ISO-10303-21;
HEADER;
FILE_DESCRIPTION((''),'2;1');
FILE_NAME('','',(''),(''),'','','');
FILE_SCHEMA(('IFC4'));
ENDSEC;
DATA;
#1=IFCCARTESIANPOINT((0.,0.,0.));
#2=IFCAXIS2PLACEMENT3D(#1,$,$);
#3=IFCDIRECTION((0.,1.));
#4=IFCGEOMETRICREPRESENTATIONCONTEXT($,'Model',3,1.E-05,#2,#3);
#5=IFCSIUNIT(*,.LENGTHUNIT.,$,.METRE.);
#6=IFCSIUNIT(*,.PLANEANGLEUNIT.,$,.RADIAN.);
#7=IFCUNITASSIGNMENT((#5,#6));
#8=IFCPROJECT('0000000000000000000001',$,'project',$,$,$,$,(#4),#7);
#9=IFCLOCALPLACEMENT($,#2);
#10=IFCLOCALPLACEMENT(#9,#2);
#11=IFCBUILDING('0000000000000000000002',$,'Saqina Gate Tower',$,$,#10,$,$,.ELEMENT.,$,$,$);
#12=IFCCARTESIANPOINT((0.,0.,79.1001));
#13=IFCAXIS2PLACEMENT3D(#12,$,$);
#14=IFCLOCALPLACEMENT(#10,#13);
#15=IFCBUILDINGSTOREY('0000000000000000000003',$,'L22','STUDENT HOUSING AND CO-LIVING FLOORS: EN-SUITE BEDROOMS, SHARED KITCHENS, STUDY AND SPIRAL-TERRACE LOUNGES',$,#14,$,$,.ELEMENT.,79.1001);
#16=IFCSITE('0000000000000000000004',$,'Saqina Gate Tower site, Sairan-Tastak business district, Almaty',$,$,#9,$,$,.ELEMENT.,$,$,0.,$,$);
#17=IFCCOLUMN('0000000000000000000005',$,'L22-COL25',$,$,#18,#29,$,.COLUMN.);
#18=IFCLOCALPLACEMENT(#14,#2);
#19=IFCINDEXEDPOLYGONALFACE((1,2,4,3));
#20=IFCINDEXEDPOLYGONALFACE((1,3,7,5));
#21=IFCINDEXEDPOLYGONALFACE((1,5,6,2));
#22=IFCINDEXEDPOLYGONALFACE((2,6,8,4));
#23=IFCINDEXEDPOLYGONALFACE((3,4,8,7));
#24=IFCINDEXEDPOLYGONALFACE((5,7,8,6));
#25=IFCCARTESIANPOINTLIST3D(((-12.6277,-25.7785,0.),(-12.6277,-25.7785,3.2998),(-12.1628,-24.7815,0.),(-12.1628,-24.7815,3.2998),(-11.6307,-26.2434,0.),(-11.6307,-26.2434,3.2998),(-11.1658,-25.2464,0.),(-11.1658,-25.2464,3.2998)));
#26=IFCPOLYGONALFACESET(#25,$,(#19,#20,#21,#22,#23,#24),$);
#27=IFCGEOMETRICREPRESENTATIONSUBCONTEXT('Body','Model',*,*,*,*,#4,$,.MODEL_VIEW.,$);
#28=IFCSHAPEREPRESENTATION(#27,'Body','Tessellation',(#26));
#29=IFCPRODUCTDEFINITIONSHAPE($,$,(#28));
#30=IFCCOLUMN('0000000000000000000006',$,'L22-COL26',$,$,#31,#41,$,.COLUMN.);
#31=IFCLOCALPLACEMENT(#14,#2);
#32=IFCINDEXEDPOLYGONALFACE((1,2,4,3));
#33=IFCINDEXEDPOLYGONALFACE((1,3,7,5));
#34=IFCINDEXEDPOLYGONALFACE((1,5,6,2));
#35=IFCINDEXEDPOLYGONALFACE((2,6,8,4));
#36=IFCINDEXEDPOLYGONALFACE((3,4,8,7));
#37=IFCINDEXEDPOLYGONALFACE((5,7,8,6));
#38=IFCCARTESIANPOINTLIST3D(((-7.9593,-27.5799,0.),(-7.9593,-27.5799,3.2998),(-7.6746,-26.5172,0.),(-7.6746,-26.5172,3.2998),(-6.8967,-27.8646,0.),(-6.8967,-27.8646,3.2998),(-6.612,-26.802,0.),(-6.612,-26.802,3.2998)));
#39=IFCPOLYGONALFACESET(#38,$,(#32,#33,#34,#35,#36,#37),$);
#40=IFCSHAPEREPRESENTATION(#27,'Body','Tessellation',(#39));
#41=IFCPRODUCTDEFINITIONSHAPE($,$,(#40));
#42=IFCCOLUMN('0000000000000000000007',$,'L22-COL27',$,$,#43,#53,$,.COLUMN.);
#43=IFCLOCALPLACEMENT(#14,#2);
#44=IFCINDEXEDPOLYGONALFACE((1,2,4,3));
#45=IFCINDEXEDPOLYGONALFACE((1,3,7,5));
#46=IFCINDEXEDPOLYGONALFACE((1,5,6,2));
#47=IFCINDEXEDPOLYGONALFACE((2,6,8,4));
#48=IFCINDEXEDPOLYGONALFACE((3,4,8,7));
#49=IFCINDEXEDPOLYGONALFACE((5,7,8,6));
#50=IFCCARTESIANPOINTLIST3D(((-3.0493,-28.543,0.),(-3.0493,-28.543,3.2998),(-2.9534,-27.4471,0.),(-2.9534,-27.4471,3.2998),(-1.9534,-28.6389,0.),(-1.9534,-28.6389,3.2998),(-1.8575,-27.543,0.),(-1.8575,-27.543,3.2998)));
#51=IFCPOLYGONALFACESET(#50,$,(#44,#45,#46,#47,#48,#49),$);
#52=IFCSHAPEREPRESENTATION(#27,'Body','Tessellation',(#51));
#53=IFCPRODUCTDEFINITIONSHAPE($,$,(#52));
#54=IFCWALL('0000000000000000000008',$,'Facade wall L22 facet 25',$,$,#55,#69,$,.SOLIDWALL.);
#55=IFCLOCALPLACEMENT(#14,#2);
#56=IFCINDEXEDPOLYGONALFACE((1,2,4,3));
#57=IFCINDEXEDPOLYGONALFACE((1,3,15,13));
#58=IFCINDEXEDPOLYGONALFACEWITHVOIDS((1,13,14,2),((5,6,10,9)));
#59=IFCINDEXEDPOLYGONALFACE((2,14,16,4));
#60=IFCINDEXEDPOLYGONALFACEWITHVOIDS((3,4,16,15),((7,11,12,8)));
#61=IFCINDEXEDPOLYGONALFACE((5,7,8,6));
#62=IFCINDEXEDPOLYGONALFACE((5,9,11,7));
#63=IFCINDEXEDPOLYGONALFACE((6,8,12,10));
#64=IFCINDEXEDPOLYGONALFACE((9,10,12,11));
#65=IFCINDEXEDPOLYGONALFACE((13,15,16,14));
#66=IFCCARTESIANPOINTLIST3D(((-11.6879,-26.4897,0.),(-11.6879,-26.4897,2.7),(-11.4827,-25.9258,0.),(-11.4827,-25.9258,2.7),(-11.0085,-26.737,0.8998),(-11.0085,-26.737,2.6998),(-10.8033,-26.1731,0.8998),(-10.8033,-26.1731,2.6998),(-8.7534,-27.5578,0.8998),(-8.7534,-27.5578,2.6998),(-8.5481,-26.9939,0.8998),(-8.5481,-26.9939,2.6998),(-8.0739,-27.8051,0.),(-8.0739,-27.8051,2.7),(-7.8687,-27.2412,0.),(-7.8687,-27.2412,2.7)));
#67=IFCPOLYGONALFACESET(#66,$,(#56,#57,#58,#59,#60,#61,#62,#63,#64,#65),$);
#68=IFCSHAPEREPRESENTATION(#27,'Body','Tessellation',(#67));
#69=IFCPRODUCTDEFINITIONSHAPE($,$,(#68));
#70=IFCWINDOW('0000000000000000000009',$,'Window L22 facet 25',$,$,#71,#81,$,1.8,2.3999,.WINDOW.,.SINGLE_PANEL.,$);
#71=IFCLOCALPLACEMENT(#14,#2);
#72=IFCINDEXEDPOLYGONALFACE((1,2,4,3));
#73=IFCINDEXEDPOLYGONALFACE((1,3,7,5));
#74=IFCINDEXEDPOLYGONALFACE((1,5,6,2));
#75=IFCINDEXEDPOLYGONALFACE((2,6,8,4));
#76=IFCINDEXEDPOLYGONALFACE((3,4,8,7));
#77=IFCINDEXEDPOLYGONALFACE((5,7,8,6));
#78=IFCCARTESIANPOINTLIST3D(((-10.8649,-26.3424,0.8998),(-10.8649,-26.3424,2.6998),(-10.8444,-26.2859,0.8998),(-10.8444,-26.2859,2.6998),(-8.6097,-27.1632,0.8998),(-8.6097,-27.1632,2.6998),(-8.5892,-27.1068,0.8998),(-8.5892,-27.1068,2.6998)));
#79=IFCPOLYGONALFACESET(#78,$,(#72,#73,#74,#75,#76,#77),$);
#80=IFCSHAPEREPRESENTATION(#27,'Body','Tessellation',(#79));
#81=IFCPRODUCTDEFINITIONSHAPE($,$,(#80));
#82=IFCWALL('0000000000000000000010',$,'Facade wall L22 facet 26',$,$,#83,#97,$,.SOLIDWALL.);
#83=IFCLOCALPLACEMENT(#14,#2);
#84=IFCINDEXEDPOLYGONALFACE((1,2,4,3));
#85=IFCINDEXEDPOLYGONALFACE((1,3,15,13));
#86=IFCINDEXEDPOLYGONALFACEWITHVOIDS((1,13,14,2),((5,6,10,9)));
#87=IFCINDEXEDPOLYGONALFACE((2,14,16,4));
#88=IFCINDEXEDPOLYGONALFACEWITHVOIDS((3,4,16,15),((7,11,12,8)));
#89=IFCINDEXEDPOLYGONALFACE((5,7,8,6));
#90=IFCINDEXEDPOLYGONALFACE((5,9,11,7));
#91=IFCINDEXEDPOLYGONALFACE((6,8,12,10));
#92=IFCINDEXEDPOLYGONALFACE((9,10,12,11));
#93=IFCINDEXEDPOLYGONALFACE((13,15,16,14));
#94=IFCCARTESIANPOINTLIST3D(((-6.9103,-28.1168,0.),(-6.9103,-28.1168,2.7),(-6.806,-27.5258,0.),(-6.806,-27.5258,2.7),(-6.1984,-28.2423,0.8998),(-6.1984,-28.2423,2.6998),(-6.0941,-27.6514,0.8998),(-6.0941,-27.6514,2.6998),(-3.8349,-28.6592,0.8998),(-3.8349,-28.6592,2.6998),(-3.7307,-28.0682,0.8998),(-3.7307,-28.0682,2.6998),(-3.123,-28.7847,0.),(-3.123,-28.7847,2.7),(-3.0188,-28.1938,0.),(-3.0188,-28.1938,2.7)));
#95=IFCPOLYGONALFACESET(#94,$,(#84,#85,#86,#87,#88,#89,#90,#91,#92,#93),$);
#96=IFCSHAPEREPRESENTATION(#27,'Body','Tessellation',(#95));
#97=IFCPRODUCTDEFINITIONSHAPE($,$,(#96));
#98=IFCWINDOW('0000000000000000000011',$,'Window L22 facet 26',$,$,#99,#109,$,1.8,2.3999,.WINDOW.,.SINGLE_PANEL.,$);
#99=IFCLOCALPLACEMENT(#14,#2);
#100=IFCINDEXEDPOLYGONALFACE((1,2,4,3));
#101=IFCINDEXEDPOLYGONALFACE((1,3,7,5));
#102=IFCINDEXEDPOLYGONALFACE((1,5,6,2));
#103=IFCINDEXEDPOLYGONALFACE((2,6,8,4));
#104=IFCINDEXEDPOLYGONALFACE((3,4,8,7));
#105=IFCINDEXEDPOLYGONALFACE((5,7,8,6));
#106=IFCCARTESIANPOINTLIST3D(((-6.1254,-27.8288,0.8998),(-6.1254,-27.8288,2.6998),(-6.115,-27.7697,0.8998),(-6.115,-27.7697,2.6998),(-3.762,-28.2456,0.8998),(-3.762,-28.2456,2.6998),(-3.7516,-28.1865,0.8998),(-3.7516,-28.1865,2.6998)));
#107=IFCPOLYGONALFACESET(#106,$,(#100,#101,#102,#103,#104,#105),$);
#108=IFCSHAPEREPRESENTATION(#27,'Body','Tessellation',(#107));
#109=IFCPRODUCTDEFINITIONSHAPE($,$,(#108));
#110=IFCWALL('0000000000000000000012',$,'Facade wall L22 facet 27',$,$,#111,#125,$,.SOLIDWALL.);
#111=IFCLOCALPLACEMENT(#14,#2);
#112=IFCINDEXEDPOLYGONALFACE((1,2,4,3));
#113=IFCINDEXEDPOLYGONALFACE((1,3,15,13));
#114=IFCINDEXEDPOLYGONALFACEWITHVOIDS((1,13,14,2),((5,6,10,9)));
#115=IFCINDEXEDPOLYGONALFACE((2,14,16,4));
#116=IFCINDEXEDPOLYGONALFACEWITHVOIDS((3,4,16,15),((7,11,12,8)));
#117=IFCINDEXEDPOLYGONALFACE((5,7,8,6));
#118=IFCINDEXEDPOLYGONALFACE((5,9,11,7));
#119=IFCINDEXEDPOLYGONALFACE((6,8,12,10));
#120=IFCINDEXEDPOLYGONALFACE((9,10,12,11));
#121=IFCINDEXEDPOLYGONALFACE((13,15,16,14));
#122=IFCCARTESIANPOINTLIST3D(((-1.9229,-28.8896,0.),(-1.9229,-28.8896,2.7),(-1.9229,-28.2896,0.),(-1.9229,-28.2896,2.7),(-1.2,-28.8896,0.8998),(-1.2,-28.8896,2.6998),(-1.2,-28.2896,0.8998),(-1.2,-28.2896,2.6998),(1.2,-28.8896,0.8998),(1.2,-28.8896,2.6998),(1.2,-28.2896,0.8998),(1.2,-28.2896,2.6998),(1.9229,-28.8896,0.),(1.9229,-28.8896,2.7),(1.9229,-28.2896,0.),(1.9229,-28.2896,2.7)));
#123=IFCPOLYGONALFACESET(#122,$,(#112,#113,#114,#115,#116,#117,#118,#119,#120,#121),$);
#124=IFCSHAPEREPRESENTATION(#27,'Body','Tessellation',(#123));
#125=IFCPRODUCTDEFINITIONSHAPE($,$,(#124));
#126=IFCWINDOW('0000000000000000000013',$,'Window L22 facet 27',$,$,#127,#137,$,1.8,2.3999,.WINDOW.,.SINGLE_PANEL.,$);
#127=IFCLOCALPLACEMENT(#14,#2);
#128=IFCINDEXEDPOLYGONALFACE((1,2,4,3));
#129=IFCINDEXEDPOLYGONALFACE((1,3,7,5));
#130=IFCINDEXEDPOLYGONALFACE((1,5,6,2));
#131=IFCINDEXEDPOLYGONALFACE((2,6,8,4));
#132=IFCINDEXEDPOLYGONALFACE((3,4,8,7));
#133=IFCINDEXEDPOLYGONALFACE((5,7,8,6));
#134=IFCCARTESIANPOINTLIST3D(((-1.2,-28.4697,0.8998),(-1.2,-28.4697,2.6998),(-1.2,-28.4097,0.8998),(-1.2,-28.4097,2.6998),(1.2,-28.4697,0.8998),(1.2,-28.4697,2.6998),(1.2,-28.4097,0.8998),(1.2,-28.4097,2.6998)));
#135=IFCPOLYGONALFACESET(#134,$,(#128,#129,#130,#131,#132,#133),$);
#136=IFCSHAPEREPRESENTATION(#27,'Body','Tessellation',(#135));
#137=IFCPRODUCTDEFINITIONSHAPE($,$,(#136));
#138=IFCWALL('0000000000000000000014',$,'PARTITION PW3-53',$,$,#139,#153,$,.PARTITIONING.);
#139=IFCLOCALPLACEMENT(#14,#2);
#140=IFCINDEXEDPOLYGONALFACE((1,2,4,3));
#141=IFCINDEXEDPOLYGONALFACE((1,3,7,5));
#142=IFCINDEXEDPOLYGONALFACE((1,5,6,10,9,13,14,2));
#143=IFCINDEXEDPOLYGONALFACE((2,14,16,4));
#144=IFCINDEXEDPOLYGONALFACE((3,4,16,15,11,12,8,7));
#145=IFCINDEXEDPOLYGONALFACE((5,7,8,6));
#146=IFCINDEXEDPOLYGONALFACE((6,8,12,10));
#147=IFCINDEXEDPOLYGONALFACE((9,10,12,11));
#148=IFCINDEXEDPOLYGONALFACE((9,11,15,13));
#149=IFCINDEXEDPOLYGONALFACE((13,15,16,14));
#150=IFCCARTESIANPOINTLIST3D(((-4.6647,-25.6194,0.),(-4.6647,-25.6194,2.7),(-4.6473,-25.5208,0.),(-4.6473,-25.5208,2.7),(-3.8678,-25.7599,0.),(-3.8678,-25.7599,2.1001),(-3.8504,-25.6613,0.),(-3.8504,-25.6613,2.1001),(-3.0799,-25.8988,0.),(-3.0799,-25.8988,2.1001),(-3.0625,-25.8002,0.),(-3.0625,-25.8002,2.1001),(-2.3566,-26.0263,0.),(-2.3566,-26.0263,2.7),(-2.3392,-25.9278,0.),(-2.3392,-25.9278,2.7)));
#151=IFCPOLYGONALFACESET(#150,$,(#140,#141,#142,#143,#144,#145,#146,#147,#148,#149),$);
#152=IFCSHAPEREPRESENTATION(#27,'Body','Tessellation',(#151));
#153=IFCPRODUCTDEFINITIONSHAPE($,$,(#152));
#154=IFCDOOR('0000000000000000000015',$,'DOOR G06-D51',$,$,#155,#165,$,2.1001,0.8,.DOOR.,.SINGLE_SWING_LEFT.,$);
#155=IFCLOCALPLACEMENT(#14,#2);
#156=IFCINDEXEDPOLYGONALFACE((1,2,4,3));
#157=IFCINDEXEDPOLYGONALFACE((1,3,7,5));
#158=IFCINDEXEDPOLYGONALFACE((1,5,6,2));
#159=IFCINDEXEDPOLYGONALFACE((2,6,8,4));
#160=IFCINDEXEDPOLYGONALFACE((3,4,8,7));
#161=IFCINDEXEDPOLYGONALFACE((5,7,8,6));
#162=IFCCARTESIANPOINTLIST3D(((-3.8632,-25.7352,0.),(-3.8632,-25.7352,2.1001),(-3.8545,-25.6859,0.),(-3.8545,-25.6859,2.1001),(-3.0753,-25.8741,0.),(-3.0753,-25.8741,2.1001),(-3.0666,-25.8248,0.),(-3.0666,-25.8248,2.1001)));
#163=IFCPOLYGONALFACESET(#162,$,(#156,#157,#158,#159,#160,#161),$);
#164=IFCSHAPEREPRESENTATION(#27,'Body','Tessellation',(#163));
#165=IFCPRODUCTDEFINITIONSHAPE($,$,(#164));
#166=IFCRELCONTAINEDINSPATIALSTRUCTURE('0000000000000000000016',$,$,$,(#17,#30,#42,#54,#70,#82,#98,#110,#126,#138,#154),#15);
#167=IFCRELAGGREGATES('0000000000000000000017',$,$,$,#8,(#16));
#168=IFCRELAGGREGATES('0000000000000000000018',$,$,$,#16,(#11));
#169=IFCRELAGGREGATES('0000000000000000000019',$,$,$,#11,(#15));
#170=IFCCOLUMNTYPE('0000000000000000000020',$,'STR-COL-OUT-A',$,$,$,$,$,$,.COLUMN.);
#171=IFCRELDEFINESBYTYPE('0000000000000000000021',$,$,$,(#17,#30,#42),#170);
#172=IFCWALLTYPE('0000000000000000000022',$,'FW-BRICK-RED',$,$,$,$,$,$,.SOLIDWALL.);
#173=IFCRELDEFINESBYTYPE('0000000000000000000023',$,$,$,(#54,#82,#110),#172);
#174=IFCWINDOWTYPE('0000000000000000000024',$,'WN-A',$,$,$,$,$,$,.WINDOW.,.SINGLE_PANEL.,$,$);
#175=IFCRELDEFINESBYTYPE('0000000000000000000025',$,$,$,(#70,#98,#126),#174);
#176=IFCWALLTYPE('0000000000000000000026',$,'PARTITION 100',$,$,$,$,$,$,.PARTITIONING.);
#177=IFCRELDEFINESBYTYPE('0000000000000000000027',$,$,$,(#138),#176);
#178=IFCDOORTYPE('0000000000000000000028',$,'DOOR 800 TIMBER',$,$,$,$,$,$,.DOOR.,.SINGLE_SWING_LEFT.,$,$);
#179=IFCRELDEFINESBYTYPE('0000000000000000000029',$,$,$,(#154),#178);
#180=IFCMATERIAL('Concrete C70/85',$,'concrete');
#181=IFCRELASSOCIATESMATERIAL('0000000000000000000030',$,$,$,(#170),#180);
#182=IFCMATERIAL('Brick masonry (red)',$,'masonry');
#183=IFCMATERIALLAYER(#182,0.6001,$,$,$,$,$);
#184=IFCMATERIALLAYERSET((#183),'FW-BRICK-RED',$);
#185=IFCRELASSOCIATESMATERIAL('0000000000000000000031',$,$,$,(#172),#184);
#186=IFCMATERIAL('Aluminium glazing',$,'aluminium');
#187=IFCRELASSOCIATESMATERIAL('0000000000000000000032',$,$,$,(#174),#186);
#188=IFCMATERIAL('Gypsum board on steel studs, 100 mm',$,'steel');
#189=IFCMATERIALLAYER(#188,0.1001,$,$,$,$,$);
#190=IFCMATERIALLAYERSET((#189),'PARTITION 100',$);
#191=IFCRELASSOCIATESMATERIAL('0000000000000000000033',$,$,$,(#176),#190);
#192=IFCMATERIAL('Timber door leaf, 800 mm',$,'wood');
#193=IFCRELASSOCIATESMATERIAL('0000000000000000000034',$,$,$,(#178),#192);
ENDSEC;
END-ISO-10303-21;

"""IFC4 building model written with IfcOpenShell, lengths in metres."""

from ifc_helpers import new_model, si_unit, direction, frame, frame_2d, origin, origin_2d, place, context, subcontext, project, spatial, rectangle, extrude, material, layer, layer_set, material_profile, profile_set, type_object, element, fill, save


model = new_model("IFC4")

# Units and contexts
model_context = context("Model", 3, precision=1e-05, world=origin(), true_north=direction((0.0, 1.0)))
body_context = subcontext(model_context, "Body", "Model", "MODEL_VIEW")
ifc_project = project(units=[si_unit("LENGTHUNIT", "METRE"), si_unit("PLANEANGLEUNIT", "RADIAN")], contexts=[model_context])

# Site, building, storey
site_placement = place(None, origin())
site = spatial("IfcSite", under=ifc_project, at=site_placement, Name="Saqina Gate Tower site, Sairan-Tastak business district, Almaty", CompositionType="ELEMENT", RefElevation=0.0)
building_placement = place(site_placement, origin())
building = spatial("IfcBuilding", under=site, at=building_placement, Name="Saqina Gate Tower", CompositionType="ELEMENT")
storey_placement = place(building_placement, frame((0.0, 0.0, 79.1001)))
storey = spatial("IfcBuildingStorey", under=building, at=storey_placement, Name="L22", Description="STUDENT HOUSING AND CO-LIVING FLOORS: EN-SUITE BEDROOMS, SHARED KITCHENS, STUDY AND SPIRAL-TERRACE LOUNGES", CompositionType="ELEMENT", Elevation=79.1001)

# Columns
ifc_material_1 = material(Name="Concrete C70/85", Category="concrete")
ifc_material_profile = material_profile(ifc_material_1, rectangle(XDim=1.1001, YDim=1.1001, at=origin_2d()), Name="RC 1100x1100")
ifc_profile_set = profile_set([ifc_material_profile], Name="Concrete C70/85")
column_type = type_object("IfcColumnType", Name="STR-COL-OUT-A", PredefinedType="COLUMN", material=ifc_profile_set)
for number, where, z_axis, x_axis, name in (
    (1, (-11.8967, -25.5125, 0.0), (0.0, 0.0, 1.0), (-0.422618, -0.906308, 0.0), "L22-COL25"),
    (2, (-7.2856, -27.1909, 0.0), (0.0, 0.0, 1.0), (-0.258819, -0.965926, 0.0), "L22-COL26"),
    (3, (-2.4534, -28.043, 0.0), (0.0, 0.0, 1.0), (-0.087156, -0.996195, 0.0), "L22-COL27"),
):
    element("IfcColumn", number, at=place(storey_placement, frame(where, z_axis=z_axis, x_axis=x_axis)), inside=storey, type_object=column_type, Name=name, PredefinedType="COLUMN", context=body_context, shape_type="SweptSolid", body=[
        extrude(rectangle(XDim=1.1001, YDim=1.1001, at=origin_2d()), origin(), (0.0, 0.0, 1.0), 3.2998),
    ])

# Walls, openings, windows
ifc_material_2 = material(Name="Brick masonry (red)", Category="masonry")
ifc_layer_1 = layer(ifc_material_2, 0.6001)
ifc_layer_set_1 = layer_set([ifc_layer_1], Name="FW-BRICK-RED")
wall_type_1 = type_object("IfcWallType", Name="FW-BRICK-RED", PredefinedType="SOLIDWALL", material=ifc_layer_set_1)
wall_1_placement = place(storey_placement, frame((-11.5852, -26.2078, 0.0), z_axis=(0.0, 0.0, 1.0), x_axis=(0.93969, -0.342028, 0.0)))
wall_1 = element("IfcWall", 4, at=wall_1_placement, inside=storey, type_object=wall_type_1, Name="Facade wall L22 facet 25", PredefinedType="SOLIDWALL", context=body_context, shape_type="SweptSolid", body=[
    extrude(rectangle(XDim=3.8459, YDim=0.6001, at=frame_2d((1.9229, 0.0))), origin(), (0.0, 0.0, 1.0), 2.7),
])
opening_1_placement = place(wall_1_placement, frame((0.7229, 0.0, 0.8999)))
opening_1 = element("IfcOpeningElement", 5, at=opening_1_placement, cuts=wall_1, PredefinedType="OPENING", context=body_context, shape_type="SweptSolid", body=[
    extrude(rectangle(XDim=2.3999, YDim=1.8, at=frame_2d((1.2, 0.8999))), frame((0.0, 0.312, 0.0), z_axis=(0.0, -1.0, 0.0), x_axis=(1.0, 0.0, 0.0)), (0.0, 0.0, 1.0), 0.624),
])
ifc_material_3 = material(Name="Aluminium glazing", Category="aluminium")
window_type = type_object("IfcWindowType", Name="WN-A", PartitioningType="SINGLE_PANEL", PredefinedType="WINDOW", material=ifc_material_3)
window_1_placement = place(opening_1_placement, origin())
window_1 = element("IfcWindow", 6, at=window_1_placement, inside=storey, type_object=window_type, Name="Window L22 facet 25", OverallHeight=1.8, OverallWidth=2.3999, PartitioningType="SINGLE_PANEL", PredefinedType="WINDOW", context=body_context, shape_type="SweptSolid", body=[
    extrude(rectangle(XDim=2.3999, YDim=1.8, at=frame_2d((1.2, 0.8999))), frame((0.0, 0.1799, 0.0), z_axis=(0.0, -1.0, 0.0), x_axis=(1.0, 0.0, 0.0)), (0.0, 0.0, 1.0), 0.0601),
])
fill(opening_1, window_1)
wall_2_placement = place(storey_placement, frame((-6.8582, -27.8213, 0.0), z_axis=(0.0, 0.0, 1.0), x_axis=(0.984801, -0.173688, 0.0)))
wall_2 = element("IfcWall", 7, at=wall_2_placement, inside=storey, type_object=wall_type_1, Name="Facade wall L22 facet 26", PredefinedType="SOLIDWALL", context=body_context, shape_type="SweptSolid", body=[
    extrude(rectangle(XDim=3.8457, YDim=0.6001, at=frame_2d((1.9229, 0.0))), origin(), (0.0, 0.0, 1.0), 2.7),
])
opening_2_placement = place(wall_2_placement, frame((0.7229, 0.0, 0.8999)))
opening_2 = element("IfcOpeningElement", 8, at=opening_2_placement, cuts=wall_2, PredefinedType="OPENING", context=body_context, shape_type="SweptSolid", body=[
    extrude(rectangle(XDim=2.3999, YDim=1.8, at=frame_2d((1.2, 0.8999))), frame((0.0, 0.312, 0.0), z_axis=(0.0, -1.0, 0.0), x_axis=(1.0, 0.0, 0.0)), (0.0, 0.0, 1.0), 0.624),
])
window_2_placement = place(opening_2_placement, origin())
window_2 = element("IfcWindow", 9, at=window_2_placement, inside=storey, type_object=window_type, Name="Window L22 facet 26", OverallHeight=1.8, OverallWidth=2.3999, PartitioningType="SINGLE_PANEL", PredefinedType="WINDOW", context=body_context, shape_type="SweptSolid", body=[
    extrude(rectangle(XDim=2.3999, YDim=1.8, at=frame_2d((1.2, 0.8999))), frame((0.0, 0.1799, 0.0), z_axis=(0.0, -1.0, 0.0), x_axis=(1.0, 0.0, 0.0)), (0.0, 0.0, 1.0), 0.0601),
])
fill(opening_2, window_2)
wall_3_placement = place(storey_placement, frame((-1.9229, -28.5896, 0.0), z_axis=(0.0, 0.0, 1.0), x_axis=(1.0, 0.0, 0.0)))
wall_3 = element("IfcWall", 10, at=wall_3_placement, inside=storey, type_object=wall_type_1, Name="Facade wall L22 facet 27", PredefinedType="SOLIDWALL", context=body_context, shape_type="SweptSolid", body=[
    extrude(rectangle(XDim=3.8457, YDim=0.6001, at=frame_2d((1.9229, 0.0))), origin(), (0.0, 0.0, 1.0), 2.7),
])
opening_3_placement = place(wall_3_placement, frame((0.7229, 0.0, 0.8999)))
opening_3 = element("IfcOpeningElement", 11, at=opening_3_placement, cuts=wall_3, PredefinedType="OPENING", context=body_context, shape_type="SweptSolid", body=[
    extrude(rectangle(XDim=2.3999, YDim=1.8, at=frame_2d((1.2, 0.8999))), frame((0.0, 0.312, 0.0), z_axis=(0.0, -1.0, 0.0), x_axis=(1.0, 0.0, 0.0)), (0.0, 0.0, 1.0), 0.624),
])
window_3_placement = place(opening_3_placement, origin())
window_3 = element("IfcWindow", 12, at=window_3_placement, inside=storey, type_object=window_type, Name="Window L22 facet 27", OverallHeight=1.8, OverallWidth=2.3999, PartitioningType="SINGLE_PANEL", PredefinedType="WINDOW", context=body_context, shape_type="SweptSolid", body=[
    extrude(rectangle(XDim=2.3999, YDim=1.8, at=frame_2d((1.2, 0.8999))), frame((0.0, 0.1799, 0.0), z_axis=(0.0, -1.0, 0.0), x_axis=(1.0, 0.0, 0.0)), (0.0, 0.0, 1.0), 0.0601),
])
fill(opening_3, window_3)

# Wall, opening, door
ifc_material_4 = material(Name="Gypsum board on steel studs, 100 mm", Category="steel")
ifc_layer_2 = layer(ifc_material_4, 0.1001)
ifc_layer_set_2 = layer_set([ifc_layer_2], Name="PARTITION 100")
wall_type_2 = type_object("IfcWallType", Name="PARTITION 100", PredefinedType="PARTITIONING", material=ifc_layer_set_2)
wall_4_placement = place(storey_placement, frame((-4.656, -25.5701, 0.0), z_axis=(0.0, 0.0, 1.0), x_axis=(0.984808, -0.173649, 0.0)))
wall_4 = element("IfcWall", 13, at=wall_4_placement, inside=storey, type_object=wall_type_2, Name="PARTITION PW3-53", PredefinedType="PARTITIONING", context=body_context, shape_type="SweptSolid", body=[
    extrude(rectangle(XDim=2.3438, YDim=0.1001, at=frame_2d((1.1719, 0.0))), origin(), (0.0, 0.0, 1.0), 2.7),
])
opening_4_placement = place(wall_4_placement, frame((0.8093, 0.0, 0.0)))
opening_4 = element("IfcOpeningElement", 14, at=opening_4_placement, cuts=wall_4, PredefinedType="OPENING", context=body_context, shape_type="SweptSolid", body=[
    extrude(rectangle(XDim=0.8, YDim=2.1001, at=frame_2d((0.3999, 1.05))), frame((0.0, 0.062, 0.0), z_axis=(0.0, -1.0, 0.0), x_axis=(1.0, 0.0, 0.0)), (0.0, 0.0, 1.0), 0.124),
])
ifc_material_5 = material(Name="Timber door leaf, 800 mm", Category="wood")
door_type = type_object("IfcDoorType", Name="DOOR 800 TIMBER", OperationType="SINGLE_SWING_LEFT", PredefinedType="DOOR", material=ifc_material_5)
door_1_placement = place(opening_4_placement, frame((0.8, 0.0, 0.0), z_axis=(0.0, 0.0, 1.0), x_axis=(-1.0, 0.0, 0.0)))
door_1 = element("IfcDoor", 15, at=door_1_placement, inside=storey, type_object=door_type, Name="DOOR G06-D51", OperationType="SINGLE_SWING_LEFT", OverallHeight=2.1001, OverallWidth=0.8, PredefinedType="DOOR", context=body_context, shape_type="SweptSolid", body=[
    extrude(rectangle(XDim=0.8, YDim=2.1001, at=frame_2d((0.3999, 1.05))), frame((0.0, 0.0249, 0.0), z_axis=(0.0, -1.0, 0.0), x_axis=(1.0, 0.0, 0.0)), (0.0, 0.0, 1.0), 0.05),
])
fill(opening_4, door_1)

save(model, "model.ifc")
